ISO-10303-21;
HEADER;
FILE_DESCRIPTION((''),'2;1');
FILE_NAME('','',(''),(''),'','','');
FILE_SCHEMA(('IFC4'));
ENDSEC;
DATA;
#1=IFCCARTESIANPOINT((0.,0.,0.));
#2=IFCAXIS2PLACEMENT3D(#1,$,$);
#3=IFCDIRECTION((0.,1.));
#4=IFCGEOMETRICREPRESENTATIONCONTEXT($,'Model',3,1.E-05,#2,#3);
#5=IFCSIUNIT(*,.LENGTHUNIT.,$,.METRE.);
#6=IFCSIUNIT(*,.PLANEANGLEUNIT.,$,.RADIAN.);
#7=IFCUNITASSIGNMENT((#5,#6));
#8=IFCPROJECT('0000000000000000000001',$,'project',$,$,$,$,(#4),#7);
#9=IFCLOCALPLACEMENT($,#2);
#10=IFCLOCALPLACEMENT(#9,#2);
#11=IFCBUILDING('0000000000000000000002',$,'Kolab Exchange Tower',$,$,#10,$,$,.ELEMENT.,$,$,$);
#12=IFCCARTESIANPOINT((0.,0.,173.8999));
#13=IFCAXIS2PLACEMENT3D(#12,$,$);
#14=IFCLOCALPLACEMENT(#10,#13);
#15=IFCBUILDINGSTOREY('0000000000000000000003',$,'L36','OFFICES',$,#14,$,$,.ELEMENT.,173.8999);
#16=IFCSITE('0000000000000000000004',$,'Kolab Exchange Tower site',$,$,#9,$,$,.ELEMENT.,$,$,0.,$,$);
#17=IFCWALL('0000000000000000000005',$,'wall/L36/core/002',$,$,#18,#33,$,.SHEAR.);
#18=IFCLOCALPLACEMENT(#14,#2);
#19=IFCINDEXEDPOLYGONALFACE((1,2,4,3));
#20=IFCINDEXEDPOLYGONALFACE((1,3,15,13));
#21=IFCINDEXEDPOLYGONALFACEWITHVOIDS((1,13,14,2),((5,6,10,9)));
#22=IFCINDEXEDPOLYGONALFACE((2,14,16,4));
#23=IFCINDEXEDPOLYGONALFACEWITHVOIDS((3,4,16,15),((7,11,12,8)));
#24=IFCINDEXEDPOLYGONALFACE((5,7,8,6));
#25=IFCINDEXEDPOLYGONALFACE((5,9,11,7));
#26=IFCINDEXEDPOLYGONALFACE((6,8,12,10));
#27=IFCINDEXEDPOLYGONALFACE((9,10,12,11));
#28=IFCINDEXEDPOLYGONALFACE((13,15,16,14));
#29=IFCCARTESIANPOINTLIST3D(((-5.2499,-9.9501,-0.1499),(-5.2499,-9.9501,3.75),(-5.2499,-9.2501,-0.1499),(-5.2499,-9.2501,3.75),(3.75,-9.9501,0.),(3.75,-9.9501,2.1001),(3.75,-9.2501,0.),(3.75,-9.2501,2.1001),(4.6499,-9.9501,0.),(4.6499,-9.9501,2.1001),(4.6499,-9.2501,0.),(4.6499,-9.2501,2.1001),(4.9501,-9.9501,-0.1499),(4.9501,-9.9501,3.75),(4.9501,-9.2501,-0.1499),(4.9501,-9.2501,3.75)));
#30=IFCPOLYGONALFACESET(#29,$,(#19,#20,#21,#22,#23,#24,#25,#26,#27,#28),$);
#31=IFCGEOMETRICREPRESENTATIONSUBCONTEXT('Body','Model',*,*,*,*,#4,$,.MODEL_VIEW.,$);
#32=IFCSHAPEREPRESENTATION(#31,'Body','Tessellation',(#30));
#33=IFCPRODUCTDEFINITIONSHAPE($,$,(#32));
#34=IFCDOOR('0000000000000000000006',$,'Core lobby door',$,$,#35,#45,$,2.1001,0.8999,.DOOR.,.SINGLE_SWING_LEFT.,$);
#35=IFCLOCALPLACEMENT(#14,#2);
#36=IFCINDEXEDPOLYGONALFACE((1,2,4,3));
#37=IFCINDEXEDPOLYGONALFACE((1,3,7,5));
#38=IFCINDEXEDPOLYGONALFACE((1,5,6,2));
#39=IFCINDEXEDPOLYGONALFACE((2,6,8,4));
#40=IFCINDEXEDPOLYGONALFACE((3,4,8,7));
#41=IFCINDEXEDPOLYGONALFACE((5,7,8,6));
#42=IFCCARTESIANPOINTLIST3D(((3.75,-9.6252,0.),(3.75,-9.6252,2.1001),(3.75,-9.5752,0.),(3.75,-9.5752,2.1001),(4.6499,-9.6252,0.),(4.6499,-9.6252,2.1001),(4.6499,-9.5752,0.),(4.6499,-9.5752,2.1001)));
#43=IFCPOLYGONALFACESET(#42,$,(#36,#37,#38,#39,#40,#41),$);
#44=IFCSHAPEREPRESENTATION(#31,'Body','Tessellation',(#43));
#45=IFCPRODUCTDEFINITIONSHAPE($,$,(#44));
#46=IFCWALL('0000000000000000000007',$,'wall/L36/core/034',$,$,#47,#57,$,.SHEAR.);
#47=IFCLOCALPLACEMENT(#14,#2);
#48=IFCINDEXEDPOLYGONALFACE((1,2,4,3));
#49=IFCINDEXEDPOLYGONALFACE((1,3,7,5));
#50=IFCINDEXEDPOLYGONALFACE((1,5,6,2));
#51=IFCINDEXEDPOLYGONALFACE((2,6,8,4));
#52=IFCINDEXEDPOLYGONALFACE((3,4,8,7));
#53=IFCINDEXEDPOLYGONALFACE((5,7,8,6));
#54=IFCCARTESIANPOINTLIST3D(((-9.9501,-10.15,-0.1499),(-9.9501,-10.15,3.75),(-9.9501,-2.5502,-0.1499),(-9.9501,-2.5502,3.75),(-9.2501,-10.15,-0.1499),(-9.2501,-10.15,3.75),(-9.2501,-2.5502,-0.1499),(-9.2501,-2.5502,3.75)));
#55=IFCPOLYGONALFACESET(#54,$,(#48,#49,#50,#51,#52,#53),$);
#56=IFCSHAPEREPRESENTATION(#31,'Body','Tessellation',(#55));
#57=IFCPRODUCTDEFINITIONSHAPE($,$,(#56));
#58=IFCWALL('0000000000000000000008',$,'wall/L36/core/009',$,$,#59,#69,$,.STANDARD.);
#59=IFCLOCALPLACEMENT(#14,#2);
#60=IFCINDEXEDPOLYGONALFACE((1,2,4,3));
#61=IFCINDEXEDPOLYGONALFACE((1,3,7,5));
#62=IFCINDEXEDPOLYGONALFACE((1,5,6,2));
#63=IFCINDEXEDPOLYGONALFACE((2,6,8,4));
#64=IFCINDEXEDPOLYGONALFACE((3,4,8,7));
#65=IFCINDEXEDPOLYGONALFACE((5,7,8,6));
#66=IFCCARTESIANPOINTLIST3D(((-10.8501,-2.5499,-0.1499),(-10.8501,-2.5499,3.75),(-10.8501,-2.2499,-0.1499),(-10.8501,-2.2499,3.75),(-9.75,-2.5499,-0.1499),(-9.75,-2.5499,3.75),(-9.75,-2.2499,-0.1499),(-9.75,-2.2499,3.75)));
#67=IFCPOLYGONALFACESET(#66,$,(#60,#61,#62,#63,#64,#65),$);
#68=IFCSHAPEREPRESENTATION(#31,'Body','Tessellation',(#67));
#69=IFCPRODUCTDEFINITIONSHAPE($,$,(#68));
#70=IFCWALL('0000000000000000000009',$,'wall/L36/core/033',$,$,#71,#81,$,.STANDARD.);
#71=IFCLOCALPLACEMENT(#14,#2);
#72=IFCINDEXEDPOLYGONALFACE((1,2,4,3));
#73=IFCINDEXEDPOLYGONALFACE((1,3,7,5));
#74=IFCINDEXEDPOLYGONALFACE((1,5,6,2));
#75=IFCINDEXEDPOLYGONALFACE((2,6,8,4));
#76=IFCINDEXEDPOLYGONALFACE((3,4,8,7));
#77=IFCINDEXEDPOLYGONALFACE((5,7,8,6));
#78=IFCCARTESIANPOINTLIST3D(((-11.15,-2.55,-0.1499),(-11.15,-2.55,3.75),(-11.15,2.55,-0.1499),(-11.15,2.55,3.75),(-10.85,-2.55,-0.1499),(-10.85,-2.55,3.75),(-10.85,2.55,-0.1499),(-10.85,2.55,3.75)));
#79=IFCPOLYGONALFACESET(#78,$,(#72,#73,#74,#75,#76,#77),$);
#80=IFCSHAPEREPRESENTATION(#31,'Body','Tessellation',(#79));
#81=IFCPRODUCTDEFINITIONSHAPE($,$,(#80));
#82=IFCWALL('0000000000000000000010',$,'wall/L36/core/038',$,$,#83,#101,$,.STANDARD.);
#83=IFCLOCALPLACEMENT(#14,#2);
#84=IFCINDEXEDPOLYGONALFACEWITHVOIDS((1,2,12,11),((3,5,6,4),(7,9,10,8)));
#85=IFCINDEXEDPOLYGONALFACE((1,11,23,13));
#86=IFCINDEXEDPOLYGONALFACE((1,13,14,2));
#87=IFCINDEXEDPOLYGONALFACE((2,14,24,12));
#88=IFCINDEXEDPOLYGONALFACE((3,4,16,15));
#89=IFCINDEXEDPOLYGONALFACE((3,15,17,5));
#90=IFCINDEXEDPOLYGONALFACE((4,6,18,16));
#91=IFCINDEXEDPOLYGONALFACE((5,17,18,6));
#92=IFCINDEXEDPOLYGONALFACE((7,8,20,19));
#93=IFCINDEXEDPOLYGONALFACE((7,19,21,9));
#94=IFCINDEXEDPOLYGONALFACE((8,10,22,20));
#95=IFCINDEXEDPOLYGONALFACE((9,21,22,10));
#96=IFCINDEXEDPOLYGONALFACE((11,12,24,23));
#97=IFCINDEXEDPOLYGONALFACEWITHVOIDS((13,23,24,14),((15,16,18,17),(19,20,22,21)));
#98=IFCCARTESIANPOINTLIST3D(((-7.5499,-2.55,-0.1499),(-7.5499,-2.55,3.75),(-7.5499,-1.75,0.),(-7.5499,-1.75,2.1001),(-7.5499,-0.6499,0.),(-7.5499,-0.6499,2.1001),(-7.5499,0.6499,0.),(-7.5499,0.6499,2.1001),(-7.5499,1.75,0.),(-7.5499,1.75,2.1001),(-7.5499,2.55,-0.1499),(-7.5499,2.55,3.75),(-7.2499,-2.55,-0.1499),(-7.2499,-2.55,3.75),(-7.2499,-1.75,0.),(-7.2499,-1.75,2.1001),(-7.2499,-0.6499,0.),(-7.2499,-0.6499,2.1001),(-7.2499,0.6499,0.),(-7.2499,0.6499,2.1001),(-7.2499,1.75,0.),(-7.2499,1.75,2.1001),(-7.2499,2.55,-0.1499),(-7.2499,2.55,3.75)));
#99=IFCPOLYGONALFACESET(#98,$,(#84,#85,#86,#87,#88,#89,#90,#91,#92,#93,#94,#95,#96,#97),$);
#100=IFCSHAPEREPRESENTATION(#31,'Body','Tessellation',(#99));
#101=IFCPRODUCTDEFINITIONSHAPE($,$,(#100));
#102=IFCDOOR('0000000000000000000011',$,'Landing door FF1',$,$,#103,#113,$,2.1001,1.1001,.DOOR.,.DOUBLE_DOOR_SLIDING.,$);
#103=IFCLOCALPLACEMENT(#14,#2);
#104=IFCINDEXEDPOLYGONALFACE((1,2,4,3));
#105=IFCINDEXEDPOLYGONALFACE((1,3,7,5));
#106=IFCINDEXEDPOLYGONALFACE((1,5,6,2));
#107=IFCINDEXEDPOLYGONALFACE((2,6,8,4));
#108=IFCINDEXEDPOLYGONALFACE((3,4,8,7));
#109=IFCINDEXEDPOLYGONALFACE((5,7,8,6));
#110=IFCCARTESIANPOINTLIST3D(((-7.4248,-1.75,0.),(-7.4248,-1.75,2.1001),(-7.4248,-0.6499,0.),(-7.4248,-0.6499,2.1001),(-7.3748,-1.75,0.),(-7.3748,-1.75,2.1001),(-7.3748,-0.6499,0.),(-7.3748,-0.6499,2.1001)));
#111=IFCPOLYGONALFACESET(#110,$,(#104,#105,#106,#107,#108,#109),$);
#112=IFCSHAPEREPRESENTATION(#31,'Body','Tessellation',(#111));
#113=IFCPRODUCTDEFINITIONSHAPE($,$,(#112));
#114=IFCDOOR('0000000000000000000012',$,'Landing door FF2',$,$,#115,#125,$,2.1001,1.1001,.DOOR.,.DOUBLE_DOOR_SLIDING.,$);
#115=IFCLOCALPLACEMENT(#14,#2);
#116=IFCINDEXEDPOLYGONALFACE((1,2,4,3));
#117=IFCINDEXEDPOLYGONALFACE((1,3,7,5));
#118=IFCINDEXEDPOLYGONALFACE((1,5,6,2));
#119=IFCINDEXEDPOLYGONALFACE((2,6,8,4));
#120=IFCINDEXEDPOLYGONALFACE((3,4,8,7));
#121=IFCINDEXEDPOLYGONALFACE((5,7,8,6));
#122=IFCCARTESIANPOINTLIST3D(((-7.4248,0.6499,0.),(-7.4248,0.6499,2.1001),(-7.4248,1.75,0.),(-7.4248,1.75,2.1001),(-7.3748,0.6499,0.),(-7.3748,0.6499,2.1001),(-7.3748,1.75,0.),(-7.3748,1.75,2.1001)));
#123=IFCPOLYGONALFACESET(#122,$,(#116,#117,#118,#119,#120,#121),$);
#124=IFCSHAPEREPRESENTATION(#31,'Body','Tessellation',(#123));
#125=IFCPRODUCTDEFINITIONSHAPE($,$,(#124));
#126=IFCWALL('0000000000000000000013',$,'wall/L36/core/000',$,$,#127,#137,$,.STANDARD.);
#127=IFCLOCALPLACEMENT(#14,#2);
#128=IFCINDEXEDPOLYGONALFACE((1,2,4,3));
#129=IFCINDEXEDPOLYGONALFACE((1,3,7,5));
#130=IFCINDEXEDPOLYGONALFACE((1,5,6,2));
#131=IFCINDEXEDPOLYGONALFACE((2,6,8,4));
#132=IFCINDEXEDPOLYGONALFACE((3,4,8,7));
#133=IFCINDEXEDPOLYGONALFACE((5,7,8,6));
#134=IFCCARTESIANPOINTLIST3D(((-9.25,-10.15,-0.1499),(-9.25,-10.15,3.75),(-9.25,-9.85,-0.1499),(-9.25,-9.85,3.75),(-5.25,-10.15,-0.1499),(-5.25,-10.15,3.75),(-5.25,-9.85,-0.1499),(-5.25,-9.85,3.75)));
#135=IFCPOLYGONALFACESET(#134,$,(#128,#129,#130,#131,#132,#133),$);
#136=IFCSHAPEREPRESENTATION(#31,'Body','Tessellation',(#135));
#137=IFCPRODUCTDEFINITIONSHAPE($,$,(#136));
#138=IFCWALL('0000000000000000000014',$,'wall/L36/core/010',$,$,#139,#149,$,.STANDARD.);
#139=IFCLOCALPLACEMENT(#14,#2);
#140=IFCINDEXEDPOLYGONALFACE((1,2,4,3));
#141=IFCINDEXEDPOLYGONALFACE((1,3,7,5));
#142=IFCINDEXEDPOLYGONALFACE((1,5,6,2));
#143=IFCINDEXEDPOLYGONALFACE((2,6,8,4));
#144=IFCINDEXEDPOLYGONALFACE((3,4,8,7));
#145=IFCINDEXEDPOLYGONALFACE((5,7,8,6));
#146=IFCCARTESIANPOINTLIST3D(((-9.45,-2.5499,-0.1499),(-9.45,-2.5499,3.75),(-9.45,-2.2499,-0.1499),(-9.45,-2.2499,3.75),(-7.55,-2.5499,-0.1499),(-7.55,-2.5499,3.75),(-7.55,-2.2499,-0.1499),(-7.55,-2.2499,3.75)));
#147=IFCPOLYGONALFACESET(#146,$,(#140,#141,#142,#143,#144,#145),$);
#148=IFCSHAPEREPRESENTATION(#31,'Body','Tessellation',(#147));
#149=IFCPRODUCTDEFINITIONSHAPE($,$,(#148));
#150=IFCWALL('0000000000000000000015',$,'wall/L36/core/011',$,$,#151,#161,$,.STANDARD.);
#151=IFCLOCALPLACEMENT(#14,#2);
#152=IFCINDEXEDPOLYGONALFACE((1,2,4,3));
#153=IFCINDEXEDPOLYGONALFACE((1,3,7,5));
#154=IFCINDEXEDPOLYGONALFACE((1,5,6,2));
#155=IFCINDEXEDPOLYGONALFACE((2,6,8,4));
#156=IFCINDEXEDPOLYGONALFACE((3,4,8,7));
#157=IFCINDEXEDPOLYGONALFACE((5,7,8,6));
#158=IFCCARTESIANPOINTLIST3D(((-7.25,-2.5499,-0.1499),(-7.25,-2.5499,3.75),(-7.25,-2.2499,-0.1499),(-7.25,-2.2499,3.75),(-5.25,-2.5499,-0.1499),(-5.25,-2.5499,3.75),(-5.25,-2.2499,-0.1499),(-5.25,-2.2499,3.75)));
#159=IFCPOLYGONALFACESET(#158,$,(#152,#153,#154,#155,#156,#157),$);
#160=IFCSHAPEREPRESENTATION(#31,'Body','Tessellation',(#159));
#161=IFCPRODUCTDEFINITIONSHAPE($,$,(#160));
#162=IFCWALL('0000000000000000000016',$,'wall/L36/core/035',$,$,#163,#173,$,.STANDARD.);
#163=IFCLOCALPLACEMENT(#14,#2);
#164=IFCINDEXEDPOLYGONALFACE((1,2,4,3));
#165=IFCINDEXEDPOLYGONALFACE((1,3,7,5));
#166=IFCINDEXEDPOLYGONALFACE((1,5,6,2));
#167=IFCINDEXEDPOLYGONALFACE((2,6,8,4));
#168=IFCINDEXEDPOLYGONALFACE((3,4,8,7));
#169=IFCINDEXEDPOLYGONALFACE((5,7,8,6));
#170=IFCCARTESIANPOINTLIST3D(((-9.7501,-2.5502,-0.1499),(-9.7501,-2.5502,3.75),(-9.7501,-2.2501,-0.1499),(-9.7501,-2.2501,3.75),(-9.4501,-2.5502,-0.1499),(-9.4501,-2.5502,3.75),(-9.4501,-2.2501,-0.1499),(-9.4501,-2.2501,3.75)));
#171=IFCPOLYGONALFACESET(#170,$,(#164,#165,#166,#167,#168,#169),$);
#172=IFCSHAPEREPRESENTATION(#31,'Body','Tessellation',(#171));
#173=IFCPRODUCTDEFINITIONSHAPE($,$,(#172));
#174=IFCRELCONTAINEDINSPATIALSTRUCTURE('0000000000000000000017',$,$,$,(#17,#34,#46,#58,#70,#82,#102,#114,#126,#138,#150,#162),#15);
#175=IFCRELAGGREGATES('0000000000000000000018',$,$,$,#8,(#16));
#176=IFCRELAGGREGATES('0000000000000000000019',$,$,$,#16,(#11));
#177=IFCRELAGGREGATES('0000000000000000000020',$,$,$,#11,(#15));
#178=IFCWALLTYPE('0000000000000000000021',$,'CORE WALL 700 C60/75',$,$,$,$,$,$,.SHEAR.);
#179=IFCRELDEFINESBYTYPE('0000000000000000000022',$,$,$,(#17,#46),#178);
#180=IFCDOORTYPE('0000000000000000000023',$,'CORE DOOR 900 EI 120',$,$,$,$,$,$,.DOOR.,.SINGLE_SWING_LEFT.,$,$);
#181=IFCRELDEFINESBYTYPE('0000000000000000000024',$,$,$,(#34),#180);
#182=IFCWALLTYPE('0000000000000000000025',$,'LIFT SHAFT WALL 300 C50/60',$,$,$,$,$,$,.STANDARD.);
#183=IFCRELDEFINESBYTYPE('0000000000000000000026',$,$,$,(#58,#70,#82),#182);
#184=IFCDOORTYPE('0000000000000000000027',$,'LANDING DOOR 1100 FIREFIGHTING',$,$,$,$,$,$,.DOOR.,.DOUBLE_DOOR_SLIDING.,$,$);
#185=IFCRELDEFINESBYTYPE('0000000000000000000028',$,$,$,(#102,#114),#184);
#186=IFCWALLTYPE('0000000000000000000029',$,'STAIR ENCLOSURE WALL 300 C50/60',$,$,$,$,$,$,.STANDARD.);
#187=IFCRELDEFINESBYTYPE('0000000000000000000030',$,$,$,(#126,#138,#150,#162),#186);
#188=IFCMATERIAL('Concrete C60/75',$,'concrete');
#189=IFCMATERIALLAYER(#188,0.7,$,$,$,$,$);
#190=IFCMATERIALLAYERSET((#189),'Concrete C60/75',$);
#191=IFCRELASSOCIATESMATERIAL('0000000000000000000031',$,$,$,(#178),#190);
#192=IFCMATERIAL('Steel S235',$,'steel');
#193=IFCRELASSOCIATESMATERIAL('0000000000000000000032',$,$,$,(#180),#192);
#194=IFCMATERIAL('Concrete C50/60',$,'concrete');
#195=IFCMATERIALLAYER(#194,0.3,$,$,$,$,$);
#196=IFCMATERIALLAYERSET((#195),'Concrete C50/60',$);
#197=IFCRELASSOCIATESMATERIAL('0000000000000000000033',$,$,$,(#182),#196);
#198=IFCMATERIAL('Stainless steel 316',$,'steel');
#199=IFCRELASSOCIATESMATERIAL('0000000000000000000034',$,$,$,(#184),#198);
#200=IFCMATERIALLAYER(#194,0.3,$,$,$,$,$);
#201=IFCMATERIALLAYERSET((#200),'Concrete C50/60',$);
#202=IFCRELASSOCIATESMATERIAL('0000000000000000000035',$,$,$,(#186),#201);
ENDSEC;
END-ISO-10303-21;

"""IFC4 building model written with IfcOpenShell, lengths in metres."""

from ifc_helpers import new_model, si_unit, direction, frame, frame_2d, origin, place, context, subcontext, project, spatial, rectangle, extrude, material, layer, layer_set, type_object, element, fill, save


model = new_model("IFC4")

# Units and contexts
model_context = context("Model", 3, precision=1e-05, world=origin(), true_north=direction((0.0, 1.0)))
body_context = subcontext(model_context, "Body", "Model", "MODEL_VIEW")
ifc_project = project(units=[si_unit("LENGTHUNIT", "METRE"), si_unit("PLANEANGLEUNIT", "RADIAN")], contexts=[model_context])

# Site, building, storey
site_placement = place(None, origin())
site = spatial("IfcSite", under=ifc_project, at=site_placement, Name="Kolab Exchange Tower site", CompositionType="ELEMENT", RefElevation=0.0)
building_placement = place(site_placement, origin())
building = spatial("IfcBuilding", under=site, at=building_placement, Name="Kolab Exchange Tower", CompositionType="ELEMENT")
storey_placement = place(building_placement, frame((0.0, 0.0, 173.8999)))
storey = spatial("IfcBuildingStorey", under=building, at=storey_placement, Name="L36", Description="OFFICES", CompositionType="ELEMENT", Elevation=173.8999)

# Wall, opening, door
ifc_material_1 = material(Name="Concrete C60/75", Category="concrete")
ifc_layer_1 = layer(ifc_material_1, 0.7)
ifc_layer_set_1 = layer_set([ifc_layer_1], Name="Concrete C60/75")
wall_type_1 = type_object("IfcWallType", Name="CORE WALL 700 C60/75", PredefinedType="SHEAR", material=ifc_layer_set_1)
wall_1_placement = place(storey_placement, frame((-5.25, -9.6001, -0.1499), z_axis=(0.0, 0.0, 1.0), x_axis=(1.0, 0.0, 0.0)))
wall_1 = element("IfcWall", 1, at=wall_1_placement, inside=storey, type_object=wall_type_1, Name="wall/L36/core/002", PredefinedType="SHEAR", context=body_context, shape_type="SweptSolid", body=[
    extrude(rectangle(XDim=10.2, YDim=0.7, at=frame_2d((5.1001, 0.0))), origin(), (0.0, 0.0, 1.0), 3.8999),
])
opening_1_placement = place(wall_1_placement, frame((9.0, 0.0, 0.1499)))
opening_1 = element("IfcOpeningElement", 2, at=opening_1_placement, cuts=wall_1, PredefinedType="OPENING", context=body_context, shape_type="SweptSolid", body=[
    extrude(rectangle(XDim=0.8999, YDim=2.1001, at=frame_2d((0.45, 1.05))), frame((0.0, 0.3599, 0.0), z_axis=(0.0, -1.0, 0.0), x_axis=(1.0, 0.0, 0.0)), (0.0, 0.0, 1.0), 0.72),
])
ifc_material_2 = material(Name="Steel S235", Category="steel")
door_type_1 = type_object("IfcDoorType", Name="CORE DOOR 900 EI 120", OperationType="SINGLE_SWING_LEFT", PredefinedType="DOOR", material=ifc_material_2)
door_1_placement = place(opening_1_placement, origin())
door_1 = element("IfcDoor", 3, at=door_1_placement, inside=storey, type_object=door_type_1, Name="Core lobby door", OperationType="SINGLE_SWING_LEFT", OverallHeight=2.1001, OverallWidth=0.8999, PredefinedType="DOOR", context=body_context, shape_type="SweptSolid", body=[
    extrude(rectangle(XDim=0.8999, YDim=2.1001, at=frame_2d((0.45, 1.05))), frame((0.0, 0.0249, 0.0), z_axis=(0.0, -1.0, 0.0), x_axis=(1.0, 0.0, 0.0)), (0.0, 0.0, 1.0), 0.05),
])
fill(opening_1, door_1)

# Walls
wall_2_placement = place(storey_placement, frame((-9.6001, -10.1499, -0.1499), z_axis=(0.0, 0.0, 1.0), x_axis=(0.0, 1.0, 0.0)))
element("IfcWall", 4, at=wall_2_placement, inside=storey, type_object=wall_type_1, Name="wall/L36/core/034", PredefinedType="SHEAR", context=body_context, shape_type="SweptSolid", body=[
    extrude(rectangle(XDim=7.5999, YDim=0.7, at=frame_2d((3.7998, 0.0))), origin(), (0.0, 0.0, 1.0), 3.8999),
])
ifc_material_3 = material(Name="Concrete C50/60", Category="concrete")
ifc_layer_2 = layer(ifc_material_3, 0.3)
ifc_layer_set_2 = layer_set([ifc_layer_2], Name="Concrete C50/60")
wall_type_2 = type_object("IfcWallType", Name="LIFT SHAFT WALL 300 C50/60", PredefinedType="STANDARD", material=ifc_layer_set_2)
wall_3_placement = place(storey_placement, frame((-10.8501, -2.3999, -0.1499), z_axis=(0.0, 0.0, 1.0), x_axis=(1.0, 0.0, 0.0)))
element("IfcWall", 5, at=wall_3_placement, inside=storey, type_object=wall_type_2, Name="wall/L36/core/009", PredefinedType="STANDARD", context=body_context, shape_type="SweptSolid", body=[
    extrude(rectangle(XDim=1.1001, YDim=0.3, at=frame_2d((0.55, 0.0))), origin(), (0.0, 0.0, 1.0), 3.8999),
])
wall_4_placement = place(storey_placement, frame((-11.0, -2.55, -0.1499), z_axis=(0.0, 0.0, 1.0), x_axis=(0.0, 1.0, 0.0)))
element("IfcWall", 6, at=wall_4_placement, inside=storey, type_object=wall_type_2, Name="wall/L36/core/033", PredefinedType="STANDARD", context=body_context, shape_type="SweptSolid", body=[
    extrude(rectangle(XDim=5.1001, YDim=0.3, at=frame_2d((2.55, 0.0))), origin(), (0.0, 0.0, 1.0), 3.8999),
])

# Wall, openings, doors
wall_5_placement = place(storey_placement, frame((-7.3999, -2.55, -0.1499), z_axis=(0.0, 0.0, 1.0), x_axis=(0.0, 1.0, 0.0)))
wall_5 = element("IfcWall", 7, at=wall_5_placement, inside=storey, type_object=wall_type_2, Name="wall/L36/core/038", PredefinedType="STANDARD", context=body_context, shape_type="SweptSolid", body=[
    extrude(rectangle(XDim=5.1001, YDim=0.3, at=frame_2d((2.55, 0.0))), origin(), (0.0, 0.0, 1.0), 3.8999),
])
opening_2_placement = place(wall_5_placement, frame((0.8, 0.0, 0.1499)))
opening_2 = element("IfcOpeningElement", 8, at=opening_2_placement, cuts=wall_5, PredefinedType="OPENING", context=body_context, shape_type="SweptSolid", body=[
    extrude(rectangle(XDim=1.1001, YDim=2.1001, at=frame_2d((0.55, 1.05))), frame((0.0, 0.1602, 0.0), z_axis=(0.0, -1.0, 0.0), x_axis=(1.0, 0.0, 0.0)), (0.0, 0.0, 1.0), 0.3201),
])
opening_3_placement = place(wall_5_placement, frame((3.2, 0.0, 0.1499)))
opening_3 = element("IfcOpeningElement", 9, at=opening_3_placement, cuts=wall_5, PredefinedType="OPENING", context=body_context, shape_type="SweptSolid", body=[
    extrude(rectangle(XDim=1.1001, YDim=2.1001, at=frame_2d((0.55, 1.05))), frame((0.0, 0.1602, 0.0), z_axis=(0.0, -1.0, 0.0), x_axis=(1.0, 0.0, 0.0)), (0.0, 0.0, 1.0), 0.3201),
])
ifc_material_4 = material(Name="Stainless steel 316", Category="steel")
door_type_2 = type_object("IfcDoorType", Name="LANDING DOOR 1100 FIREFIGHTING", OperationType="DOUBLE_DOOR_SLIDING", PredefinedType="DOOR", material=ifc_material_4)
door_2_placement = place(opening_2_placement, origin())
door_2 = element("IfcDoor", 10, at=door_2_placement, inside=storey, type_object=door_type_2, Name="Landing door FF1", OperationType="DOUBLE_DOOR_SLIDING", OverallHeight=2.1001, OverallWidth=1.1001, PredefinedType="DOOR", context=body_context, shape_type="SweptSolid", body=[
    extrude(rectangle(XDim=1.1001, YDim=2.1001, at=frame_2d((0.55, 1.05))), frame((0.0, 0.0249, 0.0), z_axis=(0.0, -1.0, 0.0), x_axis=(1.0, 0.0, 0.0)), (0.0, 0.0, 1.0), 0.05),
])
fill(opening_2, door_2)
door_3_placement = place(opening_3_placement, origin())
door_3 = element("IfcDoor", 11, at=door_3_placement, inside=storey, type_object=door_type_2, Name="Landing door FF2", OperationType="DOUBLE_DOOR_SLIDING", OverallHeight=2.1001, OverallWidth=1.1001, PredefinedType="DOOR", context=body_context, shape_type="SweptSolid", body=[
    extrude(rectangle(XDim=1.1001, YDim=2.1001, at=frame_2d((0.55, 1.05))), frame((0.0, 0.0249, 0.0), z_axis=(0.0, -1.0, 0.0), x_axis=(1.0, 0.0, 0.0)), (0.0, 0.0, 1.0), 0.05),
])
fill(opening_3, door_3)

# Walls
ifc_layer_3 = layer(ifc_material_3, 0.3)
ifc_layer_set_3 = layer_set([ifc_layer_3], Name="Concrete C50/60")
wall_type_3 = type_object("IfcWallType", Name="STAIR ENCLOSURE WALL 300 C50/60", PredefinedType="STANDARD", material=ifc_layer_set_3)
wall_6_placement = place(storey_placement, frame((-9.25, -10.0, -0.1499), z_axis=(0.0, 0.0, 1.0), x_axis=(1.0, 0.0, 0.0)))
element("IfcWall", 12, at=wall_6_placement, inside=storey, type_object=wall_type_3, Name="wall/L36/core/000", PredefinedType="STANDARD", context=body_context, shape_type="SweptSolid", body=[
    extrude(rectangle(XDim=4.0, YDim=0.3, at=frame_2d((2.0, 0.0))), origin(), (0.0, 0.0, 1.0), 3.8999),
])
wall_7_placement = place(storey_placement, frame((-9.45, -2.3999, -0.1499), z_axis=(0.0, 0.0, 1.0), x_axis=(1.0, 0.0, 0.0)))
element("IfcWall", 13, at=wall_7_placement, inside=storey, type_object=wall_type_3, Name="wall/L36/core/010", PredefinedType="STANDARD", context=body_context, shape_type="SweptSolid", body=[
    extrude(rectangle(XDim=1.8999, YDim=0.3, at=frame_2d((0.95, 0.0))), origin(), (0.0, 0.0, 1.0), 3.8999),
])
wall_8_placement = place(storey_placement, frame((-7.25, -2.3999, -0.1499), z_axis=(0.0, 0.0, 1.0), x_axis=(1.0, 0.0, 0.0)))
element("IfcWall", 14, at=wall_8_placement, inside=storey, type_object=wall_type_3, Name="wall/L36/core/011", PredefinedType="STANDARD", context=body_context, shape_type="SweptSolid", body=[
    extrude(rectangle(XDim=2.0, YDim=0.3, at=frame_2d((1.0, 0.0))), origin(), (0.0, 0.0, 1.0), 3.8999),
])
wall_9_placement = place(storey_placement, frame((-9.6001, -2.55, -0.1499), z_axis=(0.0, 0.0, 1.0), x_axis=(0.0, 1.0, 0.0)))
element("IfcWall", 15, at=wall_9_placement, inside=storey, type_object=wall_type_3, Name="wall/L36/core/035", PredefinedType="STANDARD", context=body_context, shape_type="SweptSolid", body=[
    extrude(rectangle(XDim=0.3, YDim=0.3, at=frame_2d((0.1499, 0.0))), origin(), (0.0, 0.0, 1.0), 3.8999),
])

save(model, "model.ifc")
